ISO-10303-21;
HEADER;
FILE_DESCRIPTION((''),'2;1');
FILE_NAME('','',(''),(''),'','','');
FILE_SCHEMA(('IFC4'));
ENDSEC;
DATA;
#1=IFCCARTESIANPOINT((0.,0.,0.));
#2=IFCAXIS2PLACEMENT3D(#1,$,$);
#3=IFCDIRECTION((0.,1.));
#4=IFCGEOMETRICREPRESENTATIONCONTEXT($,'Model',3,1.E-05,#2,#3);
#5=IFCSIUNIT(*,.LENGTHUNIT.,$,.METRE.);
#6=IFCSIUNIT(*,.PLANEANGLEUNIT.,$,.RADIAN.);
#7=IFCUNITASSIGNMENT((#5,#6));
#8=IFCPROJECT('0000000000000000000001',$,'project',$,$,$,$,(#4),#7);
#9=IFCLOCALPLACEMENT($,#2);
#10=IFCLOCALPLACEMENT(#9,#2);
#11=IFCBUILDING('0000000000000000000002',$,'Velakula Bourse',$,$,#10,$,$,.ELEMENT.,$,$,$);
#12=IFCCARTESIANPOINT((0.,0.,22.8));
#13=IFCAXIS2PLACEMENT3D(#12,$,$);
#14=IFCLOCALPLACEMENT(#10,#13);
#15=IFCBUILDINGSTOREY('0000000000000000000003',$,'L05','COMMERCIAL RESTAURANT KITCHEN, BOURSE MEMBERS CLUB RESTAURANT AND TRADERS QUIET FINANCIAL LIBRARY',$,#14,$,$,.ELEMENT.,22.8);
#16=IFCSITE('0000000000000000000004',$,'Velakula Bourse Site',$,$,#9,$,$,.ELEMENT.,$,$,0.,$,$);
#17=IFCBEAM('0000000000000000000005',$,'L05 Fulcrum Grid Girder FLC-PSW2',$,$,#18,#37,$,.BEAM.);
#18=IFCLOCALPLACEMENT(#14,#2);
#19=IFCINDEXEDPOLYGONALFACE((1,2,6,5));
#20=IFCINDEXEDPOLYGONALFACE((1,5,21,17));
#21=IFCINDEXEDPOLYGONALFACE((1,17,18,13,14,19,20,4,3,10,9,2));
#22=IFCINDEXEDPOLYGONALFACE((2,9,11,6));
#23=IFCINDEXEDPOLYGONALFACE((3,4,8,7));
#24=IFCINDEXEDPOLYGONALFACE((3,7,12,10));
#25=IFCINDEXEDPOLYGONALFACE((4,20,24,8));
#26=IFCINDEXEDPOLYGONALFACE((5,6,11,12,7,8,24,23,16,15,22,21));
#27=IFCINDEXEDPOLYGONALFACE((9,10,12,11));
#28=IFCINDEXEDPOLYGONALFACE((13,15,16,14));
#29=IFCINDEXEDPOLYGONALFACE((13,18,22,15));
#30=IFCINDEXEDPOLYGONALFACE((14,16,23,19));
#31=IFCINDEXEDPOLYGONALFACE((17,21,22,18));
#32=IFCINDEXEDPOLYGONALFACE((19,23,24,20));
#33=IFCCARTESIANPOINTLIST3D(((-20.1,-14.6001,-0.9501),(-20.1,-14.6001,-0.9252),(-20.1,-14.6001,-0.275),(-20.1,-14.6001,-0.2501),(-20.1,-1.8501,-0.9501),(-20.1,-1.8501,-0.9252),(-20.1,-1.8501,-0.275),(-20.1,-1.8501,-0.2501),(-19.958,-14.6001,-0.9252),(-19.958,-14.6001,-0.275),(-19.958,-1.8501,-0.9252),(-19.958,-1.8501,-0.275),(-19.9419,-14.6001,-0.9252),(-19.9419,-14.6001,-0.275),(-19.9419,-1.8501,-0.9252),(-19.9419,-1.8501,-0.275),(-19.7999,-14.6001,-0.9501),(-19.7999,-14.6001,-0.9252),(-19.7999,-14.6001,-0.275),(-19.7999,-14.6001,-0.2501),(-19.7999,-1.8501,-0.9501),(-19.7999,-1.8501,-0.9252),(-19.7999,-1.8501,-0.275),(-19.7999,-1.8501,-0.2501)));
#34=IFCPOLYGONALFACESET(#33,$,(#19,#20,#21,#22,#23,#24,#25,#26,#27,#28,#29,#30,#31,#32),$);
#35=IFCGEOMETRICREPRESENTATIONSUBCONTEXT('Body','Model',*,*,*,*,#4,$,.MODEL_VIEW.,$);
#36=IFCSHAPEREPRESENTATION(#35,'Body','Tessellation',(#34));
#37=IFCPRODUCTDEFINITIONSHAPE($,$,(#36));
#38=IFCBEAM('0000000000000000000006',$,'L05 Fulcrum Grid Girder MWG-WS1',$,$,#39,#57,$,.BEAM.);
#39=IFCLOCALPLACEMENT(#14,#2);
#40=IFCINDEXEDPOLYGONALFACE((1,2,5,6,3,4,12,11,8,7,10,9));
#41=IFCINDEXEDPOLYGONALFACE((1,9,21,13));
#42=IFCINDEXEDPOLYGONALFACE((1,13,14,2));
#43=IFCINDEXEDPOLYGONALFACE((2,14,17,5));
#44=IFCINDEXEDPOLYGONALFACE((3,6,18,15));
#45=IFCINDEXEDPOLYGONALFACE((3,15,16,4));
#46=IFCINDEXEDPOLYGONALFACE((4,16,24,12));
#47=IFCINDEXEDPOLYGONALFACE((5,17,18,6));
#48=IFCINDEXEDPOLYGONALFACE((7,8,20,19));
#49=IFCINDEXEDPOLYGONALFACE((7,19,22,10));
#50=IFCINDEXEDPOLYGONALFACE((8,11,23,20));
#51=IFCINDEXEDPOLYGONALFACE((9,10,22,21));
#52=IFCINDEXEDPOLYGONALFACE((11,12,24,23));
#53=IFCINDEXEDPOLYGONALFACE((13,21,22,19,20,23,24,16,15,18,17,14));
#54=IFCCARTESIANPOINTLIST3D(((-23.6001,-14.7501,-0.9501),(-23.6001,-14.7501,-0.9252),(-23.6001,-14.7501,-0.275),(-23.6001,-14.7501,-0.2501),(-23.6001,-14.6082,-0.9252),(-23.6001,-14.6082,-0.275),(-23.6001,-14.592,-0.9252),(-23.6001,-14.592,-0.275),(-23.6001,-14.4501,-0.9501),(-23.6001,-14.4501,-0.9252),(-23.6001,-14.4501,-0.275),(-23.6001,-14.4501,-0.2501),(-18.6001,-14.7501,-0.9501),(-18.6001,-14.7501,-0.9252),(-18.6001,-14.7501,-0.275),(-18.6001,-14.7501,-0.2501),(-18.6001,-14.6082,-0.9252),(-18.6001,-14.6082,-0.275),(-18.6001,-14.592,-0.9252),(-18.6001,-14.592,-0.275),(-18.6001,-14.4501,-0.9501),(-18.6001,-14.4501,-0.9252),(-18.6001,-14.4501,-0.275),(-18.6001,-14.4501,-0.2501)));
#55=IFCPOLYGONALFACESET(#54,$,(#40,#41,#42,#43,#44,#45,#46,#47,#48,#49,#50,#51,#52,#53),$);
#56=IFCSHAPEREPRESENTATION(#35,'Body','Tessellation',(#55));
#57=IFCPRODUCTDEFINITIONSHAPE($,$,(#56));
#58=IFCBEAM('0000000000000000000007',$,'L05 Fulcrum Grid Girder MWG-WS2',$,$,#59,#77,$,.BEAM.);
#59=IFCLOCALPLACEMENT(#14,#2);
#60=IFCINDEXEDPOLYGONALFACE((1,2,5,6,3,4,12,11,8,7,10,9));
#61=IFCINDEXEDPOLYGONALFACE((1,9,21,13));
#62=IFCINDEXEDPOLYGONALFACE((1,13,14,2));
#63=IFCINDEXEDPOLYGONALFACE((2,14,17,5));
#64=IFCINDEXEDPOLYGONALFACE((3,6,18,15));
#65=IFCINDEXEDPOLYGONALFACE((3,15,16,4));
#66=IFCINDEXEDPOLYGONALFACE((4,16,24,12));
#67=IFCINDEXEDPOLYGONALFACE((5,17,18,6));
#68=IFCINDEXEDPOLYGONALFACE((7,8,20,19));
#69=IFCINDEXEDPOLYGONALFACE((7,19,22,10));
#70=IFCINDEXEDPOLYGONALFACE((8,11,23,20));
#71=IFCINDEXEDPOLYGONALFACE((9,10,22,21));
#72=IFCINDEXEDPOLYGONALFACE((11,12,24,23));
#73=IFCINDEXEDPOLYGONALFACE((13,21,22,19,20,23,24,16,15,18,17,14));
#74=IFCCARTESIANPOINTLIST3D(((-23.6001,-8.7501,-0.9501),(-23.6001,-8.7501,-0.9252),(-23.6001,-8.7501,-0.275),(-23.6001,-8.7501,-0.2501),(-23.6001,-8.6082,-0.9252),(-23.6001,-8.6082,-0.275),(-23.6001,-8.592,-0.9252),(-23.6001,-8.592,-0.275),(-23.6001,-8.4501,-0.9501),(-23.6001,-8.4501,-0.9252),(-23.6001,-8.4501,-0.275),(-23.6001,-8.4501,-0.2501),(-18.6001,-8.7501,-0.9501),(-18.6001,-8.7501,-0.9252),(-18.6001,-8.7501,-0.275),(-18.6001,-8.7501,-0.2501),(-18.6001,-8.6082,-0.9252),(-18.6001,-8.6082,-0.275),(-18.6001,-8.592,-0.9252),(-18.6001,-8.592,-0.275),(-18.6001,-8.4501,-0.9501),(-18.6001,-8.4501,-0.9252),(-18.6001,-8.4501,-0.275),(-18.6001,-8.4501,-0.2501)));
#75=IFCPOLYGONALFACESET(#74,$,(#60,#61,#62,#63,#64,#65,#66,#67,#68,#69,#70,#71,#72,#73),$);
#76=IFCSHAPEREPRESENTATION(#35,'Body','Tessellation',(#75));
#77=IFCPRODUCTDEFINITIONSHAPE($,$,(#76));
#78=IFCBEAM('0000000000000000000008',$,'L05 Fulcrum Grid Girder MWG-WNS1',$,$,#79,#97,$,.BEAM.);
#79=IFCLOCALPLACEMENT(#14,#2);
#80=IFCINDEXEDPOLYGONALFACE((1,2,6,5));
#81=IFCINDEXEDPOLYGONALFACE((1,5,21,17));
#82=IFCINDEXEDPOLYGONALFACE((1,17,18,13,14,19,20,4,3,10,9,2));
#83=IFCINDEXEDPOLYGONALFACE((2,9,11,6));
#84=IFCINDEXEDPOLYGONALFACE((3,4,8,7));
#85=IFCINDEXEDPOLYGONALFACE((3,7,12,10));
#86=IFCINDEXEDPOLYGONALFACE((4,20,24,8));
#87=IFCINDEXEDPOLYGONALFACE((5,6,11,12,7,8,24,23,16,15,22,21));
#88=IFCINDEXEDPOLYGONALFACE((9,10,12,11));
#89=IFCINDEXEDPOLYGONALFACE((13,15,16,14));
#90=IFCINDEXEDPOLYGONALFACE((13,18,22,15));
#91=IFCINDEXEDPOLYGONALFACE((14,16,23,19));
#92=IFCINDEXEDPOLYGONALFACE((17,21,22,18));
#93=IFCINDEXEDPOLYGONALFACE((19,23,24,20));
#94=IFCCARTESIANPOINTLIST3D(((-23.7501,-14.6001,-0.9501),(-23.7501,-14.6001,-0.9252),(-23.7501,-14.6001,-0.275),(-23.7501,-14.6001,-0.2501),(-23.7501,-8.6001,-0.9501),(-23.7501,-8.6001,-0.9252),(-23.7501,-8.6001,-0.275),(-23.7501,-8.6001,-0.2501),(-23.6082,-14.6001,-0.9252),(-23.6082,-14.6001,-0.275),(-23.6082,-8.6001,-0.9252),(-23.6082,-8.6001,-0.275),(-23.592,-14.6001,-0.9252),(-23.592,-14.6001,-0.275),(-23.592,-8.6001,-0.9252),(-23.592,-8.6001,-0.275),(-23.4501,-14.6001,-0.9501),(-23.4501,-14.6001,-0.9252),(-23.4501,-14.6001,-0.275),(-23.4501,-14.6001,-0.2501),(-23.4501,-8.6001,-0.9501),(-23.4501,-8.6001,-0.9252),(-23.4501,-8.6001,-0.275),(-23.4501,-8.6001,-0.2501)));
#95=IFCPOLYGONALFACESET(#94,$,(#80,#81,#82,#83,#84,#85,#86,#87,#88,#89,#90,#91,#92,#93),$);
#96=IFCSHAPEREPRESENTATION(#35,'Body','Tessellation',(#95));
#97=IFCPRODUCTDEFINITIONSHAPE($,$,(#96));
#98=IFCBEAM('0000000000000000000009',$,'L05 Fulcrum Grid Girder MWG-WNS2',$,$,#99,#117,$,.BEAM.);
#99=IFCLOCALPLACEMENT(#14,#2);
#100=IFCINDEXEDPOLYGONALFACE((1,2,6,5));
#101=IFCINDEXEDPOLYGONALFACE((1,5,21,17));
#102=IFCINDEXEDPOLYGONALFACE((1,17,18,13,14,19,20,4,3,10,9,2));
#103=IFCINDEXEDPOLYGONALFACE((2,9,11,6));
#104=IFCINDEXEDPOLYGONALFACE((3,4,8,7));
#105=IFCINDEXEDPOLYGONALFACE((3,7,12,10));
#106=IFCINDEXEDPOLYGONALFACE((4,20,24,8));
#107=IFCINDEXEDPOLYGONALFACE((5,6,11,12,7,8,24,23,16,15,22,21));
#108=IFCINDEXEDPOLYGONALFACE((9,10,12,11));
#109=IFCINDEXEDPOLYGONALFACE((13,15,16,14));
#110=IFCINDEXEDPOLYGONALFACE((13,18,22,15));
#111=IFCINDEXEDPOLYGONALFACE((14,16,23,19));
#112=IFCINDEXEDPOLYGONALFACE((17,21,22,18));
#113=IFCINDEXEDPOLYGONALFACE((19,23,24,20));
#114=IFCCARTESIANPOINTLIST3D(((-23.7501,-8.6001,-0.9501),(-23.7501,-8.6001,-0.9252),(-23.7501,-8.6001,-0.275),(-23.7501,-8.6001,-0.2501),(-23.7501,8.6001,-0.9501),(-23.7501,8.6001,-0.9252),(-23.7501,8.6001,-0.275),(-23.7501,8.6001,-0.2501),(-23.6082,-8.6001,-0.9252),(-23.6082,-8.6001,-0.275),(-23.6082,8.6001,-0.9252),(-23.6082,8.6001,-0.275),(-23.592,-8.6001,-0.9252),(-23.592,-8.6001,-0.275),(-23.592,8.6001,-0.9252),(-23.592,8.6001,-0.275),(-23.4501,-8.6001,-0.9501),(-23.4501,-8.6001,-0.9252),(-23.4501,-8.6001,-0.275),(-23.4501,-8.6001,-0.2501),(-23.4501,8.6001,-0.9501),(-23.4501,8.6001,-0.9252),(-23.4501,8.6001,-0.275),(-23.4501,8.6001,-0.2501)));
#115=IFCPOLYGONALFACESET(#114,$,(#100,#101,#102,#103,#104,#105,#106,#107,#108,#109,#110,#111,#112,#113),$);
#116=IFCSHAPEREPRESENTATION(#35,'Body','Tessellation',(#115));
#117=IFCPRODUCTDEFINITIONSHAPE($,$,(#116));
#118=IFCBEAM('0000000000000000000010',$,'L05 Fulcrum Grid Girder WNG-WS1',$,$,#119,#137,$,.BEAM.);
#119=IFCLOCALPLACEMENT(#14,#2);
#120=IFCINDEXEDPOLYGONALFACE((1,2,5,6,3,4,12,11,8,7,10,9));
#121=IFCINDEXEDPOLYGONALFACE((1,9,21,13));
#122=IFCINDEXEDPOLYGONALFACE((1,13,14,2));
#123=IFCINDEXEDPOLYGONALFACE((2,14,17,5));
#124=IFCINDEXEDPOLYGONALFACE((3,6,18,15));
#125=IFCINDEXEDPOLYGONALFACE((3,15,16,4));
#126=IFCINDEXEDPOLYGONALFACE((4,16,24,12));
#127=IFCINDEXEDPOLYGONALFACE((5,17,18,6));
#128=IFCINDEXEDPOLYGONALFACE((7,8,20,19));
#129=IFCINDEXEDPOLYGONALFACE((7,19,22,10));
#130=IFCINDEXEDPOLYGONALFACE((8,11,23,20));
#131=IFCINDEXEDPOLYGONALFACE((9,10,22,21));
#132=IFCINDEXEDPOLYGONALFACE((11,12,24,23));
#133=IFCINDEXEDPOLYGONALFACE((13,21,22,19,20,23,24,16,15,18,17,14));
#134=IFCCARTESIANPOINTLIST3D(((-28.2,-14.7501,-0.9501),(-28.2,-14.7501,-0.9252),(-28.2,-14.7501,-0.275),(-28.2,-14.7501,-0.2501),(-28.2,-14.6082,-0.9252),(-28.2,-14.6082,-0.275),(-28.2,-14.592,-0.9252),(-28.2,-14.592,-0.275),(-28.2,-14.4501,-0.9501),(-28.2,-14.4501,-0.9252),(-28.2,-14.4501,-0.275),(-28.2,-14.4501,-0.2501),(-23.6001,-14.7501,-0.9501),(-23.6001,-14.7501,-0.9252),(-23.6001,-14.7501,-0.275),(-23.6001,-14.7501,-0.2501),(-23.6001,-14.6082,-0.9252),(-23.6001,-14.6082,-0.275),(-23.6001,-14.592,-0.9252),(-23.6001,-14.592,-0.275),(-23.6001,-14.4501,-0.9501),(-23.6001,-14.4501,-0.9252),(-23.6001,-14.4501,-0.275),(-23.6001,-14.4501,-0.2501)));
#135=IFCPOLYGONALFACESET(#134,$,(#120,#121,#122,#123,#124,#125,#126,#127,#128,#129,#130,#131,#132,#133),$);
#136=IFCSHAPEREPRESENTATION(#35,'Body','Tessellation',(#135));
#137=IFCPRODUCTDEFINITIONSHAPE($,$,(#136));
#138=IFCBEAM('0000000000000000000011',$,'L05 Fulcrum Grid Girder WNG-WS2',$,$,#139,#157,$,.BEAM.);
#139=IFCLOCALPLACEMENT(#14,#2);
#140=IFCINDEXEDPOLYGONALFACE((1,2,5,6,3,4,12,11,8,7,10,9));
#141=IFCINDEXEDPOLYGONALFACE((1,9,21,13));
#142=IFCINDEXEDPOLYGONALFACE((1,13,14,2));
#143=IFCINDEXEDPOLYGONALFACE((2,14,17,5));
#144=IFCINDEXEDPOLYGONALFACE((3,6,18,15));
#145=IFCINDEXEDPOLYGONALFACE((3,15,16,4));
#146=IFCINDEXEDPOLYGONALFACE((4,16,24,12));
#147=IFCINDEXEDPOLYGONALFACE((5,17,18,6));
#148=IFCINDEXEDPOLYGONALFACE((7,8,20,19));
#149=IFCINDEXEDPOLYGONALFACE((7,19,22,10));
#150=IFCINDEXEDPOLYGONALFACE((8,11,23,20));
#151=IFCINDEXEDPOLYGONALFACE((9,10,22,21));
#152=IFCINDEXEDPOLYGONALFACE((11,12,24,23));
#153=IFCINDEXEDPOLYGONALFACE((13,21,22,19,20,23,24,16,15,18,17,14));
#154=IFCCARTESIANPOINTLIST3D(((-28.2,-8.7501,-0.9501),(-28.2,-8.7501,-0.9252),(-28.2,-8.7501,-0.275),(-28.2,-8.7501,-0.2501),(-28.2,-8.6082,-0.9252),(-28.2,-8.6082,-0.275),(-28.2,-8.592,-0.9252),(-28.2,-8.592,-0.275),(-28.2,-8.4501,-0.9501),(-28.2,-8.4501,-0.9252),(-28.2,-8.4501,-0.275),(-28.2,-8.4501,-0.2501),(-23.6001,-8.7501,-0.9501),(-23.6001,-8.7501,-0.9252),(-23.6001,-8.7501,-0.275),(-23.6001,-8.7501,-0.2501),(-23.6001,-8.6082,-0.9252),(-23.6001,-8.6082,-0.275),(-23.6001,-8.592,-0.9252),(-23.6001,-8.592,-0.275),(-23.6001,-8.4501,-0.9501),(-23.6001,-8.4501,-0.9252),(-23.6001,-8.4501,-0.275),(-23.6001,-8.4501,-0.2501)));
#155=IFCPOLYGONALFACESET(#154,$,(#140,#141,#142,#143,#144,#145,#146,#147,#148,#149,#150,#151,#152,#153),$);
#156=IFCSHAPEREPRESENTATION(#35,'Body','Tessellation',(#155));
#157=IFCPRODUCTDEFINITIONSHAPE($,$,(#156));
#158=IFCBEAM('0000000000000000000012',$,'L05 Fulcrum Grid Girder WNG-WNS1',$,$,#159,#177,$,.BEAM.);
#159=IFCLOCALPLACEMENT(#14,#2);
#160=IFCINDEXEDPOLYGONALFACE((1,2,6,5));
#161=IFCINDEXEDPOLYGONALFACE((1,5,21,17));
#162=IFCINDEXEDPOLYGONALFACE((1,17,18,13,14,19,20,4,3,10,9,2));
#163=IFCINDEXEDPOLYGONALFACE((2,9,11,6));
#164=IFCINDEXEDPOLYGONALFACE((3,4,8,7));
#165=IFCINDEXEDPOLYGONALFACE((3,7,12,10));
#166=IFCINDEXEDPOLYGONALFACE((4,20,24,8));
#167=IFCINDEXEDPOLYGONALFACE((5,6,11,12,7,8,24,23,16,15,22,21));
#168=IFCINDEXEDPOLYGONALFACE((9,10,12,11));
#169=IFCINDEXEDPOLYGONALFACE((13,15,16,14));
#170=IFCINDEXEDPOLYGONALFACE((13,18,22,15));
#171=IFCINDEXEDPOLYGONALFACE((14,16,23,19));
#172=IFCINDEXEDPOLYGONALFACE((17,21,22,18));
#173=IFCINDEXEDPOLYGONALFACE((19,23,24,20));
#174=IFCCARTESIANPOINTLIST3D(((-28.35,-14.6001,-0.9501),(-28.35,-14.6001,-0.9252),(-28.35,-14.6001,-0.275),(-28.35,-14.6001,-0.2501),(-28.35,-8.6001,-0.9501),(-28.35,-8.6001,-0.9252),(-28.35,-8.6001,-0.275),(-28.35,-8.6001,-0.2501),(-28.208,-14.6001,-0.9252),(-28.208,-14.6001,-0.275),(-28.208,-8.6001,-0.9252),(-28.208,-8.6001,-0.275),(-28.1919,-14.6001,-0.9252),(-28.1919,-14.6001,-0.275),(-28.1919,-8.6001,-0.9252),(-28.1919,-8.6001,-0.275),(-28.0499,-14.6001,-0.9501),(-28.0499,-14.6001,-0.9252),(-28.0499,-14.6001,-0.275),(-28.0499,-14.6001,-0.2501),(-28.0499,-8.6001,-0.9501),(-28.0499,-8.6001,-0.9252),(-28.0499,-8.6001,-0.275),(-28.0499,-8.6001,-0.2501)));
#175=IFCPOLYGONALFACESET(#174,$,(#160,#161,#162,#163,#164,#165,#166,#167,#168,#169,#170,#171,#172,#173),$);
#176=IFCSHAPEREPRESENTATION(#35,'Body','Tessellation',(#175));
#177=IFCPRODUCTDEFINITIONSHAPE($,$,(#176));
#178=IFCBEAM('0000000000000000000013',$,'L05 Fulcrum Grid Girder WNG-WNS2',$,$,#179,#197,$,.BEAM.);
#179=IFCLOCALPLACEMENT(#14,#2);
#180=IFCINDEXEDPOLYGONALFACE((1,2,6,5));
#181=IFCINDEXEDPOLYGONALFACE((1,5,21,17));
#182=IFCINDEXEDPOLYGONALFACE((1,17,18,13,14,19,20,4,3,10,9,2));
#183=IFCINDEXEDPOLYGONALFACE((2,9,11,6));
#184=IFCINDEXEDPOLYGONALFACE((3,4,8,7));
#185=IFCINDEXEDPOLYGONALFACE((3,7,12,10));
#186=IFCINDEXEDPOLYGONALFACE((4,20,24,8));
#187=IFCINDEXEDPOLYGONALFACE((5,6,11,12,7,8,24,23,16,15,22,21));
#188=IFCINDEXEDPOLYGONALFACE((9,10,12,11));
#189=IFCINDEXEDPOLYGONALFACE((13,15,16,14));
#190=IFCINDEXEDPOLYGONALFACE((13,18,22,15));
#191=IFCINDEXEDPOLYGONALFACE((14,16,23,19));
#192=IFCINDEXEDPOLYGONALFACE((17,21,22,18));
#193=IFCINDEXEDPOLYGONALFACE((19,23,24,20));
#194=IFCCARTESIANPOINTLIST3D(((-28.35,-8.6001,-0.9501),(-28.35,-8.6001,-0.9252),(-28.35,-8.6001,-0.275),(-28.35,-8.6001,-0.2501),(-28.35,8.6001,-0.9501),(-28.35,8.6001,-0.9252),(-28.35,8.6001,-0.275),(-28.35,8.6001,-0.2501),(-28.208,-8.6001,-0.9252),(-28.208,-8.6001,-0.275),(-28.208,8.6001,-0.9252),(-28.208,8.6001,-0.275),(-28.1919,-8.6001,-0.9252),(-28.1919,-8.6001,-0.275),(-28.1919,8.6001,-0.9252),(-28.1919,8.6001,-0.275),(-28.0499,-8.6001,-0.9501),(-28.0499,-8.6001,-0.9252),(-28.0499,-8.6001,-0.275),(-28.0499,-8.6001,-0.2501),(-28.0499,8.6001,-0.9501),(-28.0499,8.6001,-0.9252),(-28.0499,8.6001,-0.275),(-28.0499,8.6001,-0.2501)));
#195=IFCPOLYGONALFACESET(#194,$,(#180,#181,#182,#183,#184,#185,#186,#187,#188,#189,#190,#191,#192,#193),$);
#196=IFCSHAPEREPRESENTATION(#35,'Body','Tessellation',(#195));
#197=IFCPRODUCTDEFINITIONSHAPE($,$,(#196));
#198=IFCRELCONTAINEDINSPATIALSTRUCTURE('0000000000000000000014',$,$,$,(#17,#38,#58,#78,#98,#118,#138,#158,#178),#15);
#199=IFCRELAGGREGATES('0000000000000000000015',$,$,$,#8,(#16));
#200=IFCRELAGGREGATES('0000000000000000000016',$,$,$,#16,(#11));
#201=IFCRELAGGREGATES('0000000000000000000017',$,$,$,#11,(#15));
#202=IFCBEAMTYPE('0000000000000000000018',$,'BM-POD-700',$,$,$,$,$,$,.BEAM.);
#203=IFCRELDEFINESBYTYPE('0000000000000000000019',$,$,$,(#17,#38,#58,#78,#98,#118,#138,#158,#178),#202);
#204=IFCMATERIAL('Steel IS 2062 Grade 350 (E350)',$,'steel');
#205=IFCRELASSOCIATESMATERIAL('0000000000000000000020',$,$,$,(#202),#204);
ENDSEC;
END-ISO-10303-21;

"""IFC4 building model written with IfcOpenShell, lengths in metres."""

from ifc_helpers import new_model, si_unit, direction, frame, origin, origin_2d, place, context, subcontext, project, spatial, i_section, extrude, material, material_profile, profile_set, type_object, element, save


model = new_model("IFC4")

# Units and contexts
model_context = context("Model", 3, precision=1e-05, world=origin(), true_north=direction((0.0, 1.0)))
body_context = subcontext(model_context, "Body", "Model", "MODEL_VIEW")
ifc_project = project(units=[si_unit("LENGTHUNIT", "METRE"), si_unit("PLANEANGLEUNIT", "RADIAN")], contexts=[model_context])

# Site, building, storey
site_placement = place(None, origin())
site = spatial("IfcSite", under=ifc_project, at=site_placement, Name="Velakula Bourse Site", CompositionType="ELEMENT", RefElevation=0.0)
building_placement = place(site_placement, origin())
building = spatial("IfcBuilding", under=site, at=building_placement, Name="Velakula Bourse", CompositionType="ELEMENT")
storey_placement = place(building_placement, frame((0.0, 0.0, 22.8)))
storey = spatial("IfcBuildingStorey", under=building, at=storey_placement, Name="L05", Description="COMMERCIAL RESTAURANT KITCHEN, BOURSE MEMBERS CLUB RESTAURANT AND TRADERS QUIET FINANCIAL LIBRARY", CompositionType="ELEMENT", Elevation=22.8)

# Beams
ifc_material_1 = material(Name="Steel IS 2062 Grade 350 (E350)", Category="steel")
ifc_material_profile_1 = material_profile(ifc_material_1, i_section(OverallWidth=0.3, OverallDepth=0.7, WebThickness=0.0161, FlangeThickness=0.0249, at=origin_2d()), Name="Steel IS 2062 Grade 350 (E350)")
ifc_profile_set_1 = profile_set([ifc_material_profile_1], Name="Steel IS 2062 Grade 350 (E350)")
beam_type_1 = type_object("IfcBeamType", Name="BM-POD-700", PredefinedType="BEAM", material=ifc_profile_set_1)
for number, where, z_axis, x_axis, name in (
    (1, (-19.95, -14.6001, -0.6001), (0.0, 1.0, 0.0), (-1.0, 0.0, 0.0), "L05 Fulcrum Grid Girder FLC-PSW2"),
):
    element("IfcBeam", number, at=place(storey_placement, frame(where, z_axis=z_axis, x_axis=x_axis)), inside=storey, type_object=beam_type_1, Name=name, PredefinedType="BEAM", context=body_context, shape_type="SweptSolid", body=[
        extrude(i_section(OverallWidth=0.3, OverallDepth=0.7, WebThickness=0.0161, FlangeThickness=0.0249, at=origin_2d()), origin(), (0.0, 0.0, 1.0), 12.75),
    ])
for number, where, z_axis, x_axis, name in (
    (2, (-23.6001, -14.6001, -0.6001), (1.0, 0.0, 0.0), (0.0, 1.0, 0.0), "L05 Fulcrum Grid Girder MWG-WS1"),
    (3, (-23.6001, -8.6001, -0.6001), (1.0, 0.0, 0.0), (0.0, 1.0, 0.0), "L05 Fulcrum Grid Girder MWG-WS2"),
):
    element("IfcBeam", number, at=place(storey_placement, frame(where, z_axis=z_axis, x_axis=x_axis)), inside=storey, type_object=beam_type_1, Name=name, PredefinedType="BEAM", context=body_context, shape_type="SweptSolid", body=[
        extrude(i_section(OverallWidth=0.3, OverallDepth=0.7, WebThickness=0.0161, FlangeThickness=0.0249, at=origin_2d()), origin(), (0.0, 0.0, 1.0), 5.0),
    ])
beam_1_placement = place(storey_placement, frame((-23.6001, -14.6001, -0.6001), z_axis=(0.0, 1.0, 0.0), x_axis=(-1.0, 0.0, 0.0)))
element("IfcBeam", 4, at=beam_1_placement, inside=storey, type_object=beam_type_1, Name="L05 Fulcrum Grid Girder MWG-WNS1", PredefinedType="BEAM", context=body_context, shape_type="SweptSolid", body=[
    extrude(i_section(OverallWidth=0.3, OverallDepth=0.7, WebThickness=0.0161, FlangeThickness=0.0249, at=origin_2d()), origin(), (0.0, 0.0, 1.0), 6.0),
])
beam_2_placement = place(storey_placement, frame((-23.6001, -8.6001, -0.6001), z_axis=(0.0, 1.0, 0.0), x_axis=(-1.0, 0.0, 0.0)))
element("IfcBeam", 5, at=beam_2_placement, inside=storey, type_object=beam_type_1, Name="L05 Fulcrum Grid Girder MWG-WNS2", PredefinedType="BEAM", context=body_context, shape_type="SweptSolid", body=[
    extrude(i_section(OverallWidth=0.3, OverallDepth=0.7, WebThickness=0.0161, FlangeThickness=0.0249, at=origin_2d()), origin(), (0.0, 0.0, 1.0), 17.2002),
])
for number, where, z_axis, x_axis, name in (
    (6, (-28.2, -14.6001, -0.6001), (1.0, 0.0, 0.0), (0.0, 1.0, 0.0), "L05 Fulcrum Grid Girder WNG-WS1"),
    (7, (-28.2, -8.6001, -0.6001), (1.0, 0.0, 0.0), (0.0, 1.0, 0.0), "L05 Fulcrum Grid Girder WNG-WS2"),
):
    element("IfcBeam", number, at=place(storey_placement, frame(where, z_axis=z_axis, x_axis=x_axis)), inside=storey, type_object=beam_type_1, Name=name, PredefinedType="BEAM", context=body_context, shape_type="SweptSolid", body=[
        extrude(i_section(OverallWidth=0.3, OverallDepth=0.7, WebThickness=0.0161, FlangeThickness=0.0249, at=origin_2d()), origin(), (0.0, 0.0, 1.0), 4.5999),
    ])
beam_3_placement = place(storey_placement, frame((-28.2, -14.6001, -0.6001), z_axis=(0.0, 1.0, 0.0), x_axis=(-1.0, 0.0, 0.0)))
element("IfcBeam", 8, at=beam_3_placement, inside=storey, type_object=beam_type_1, Name="L05 Fulcrum Grid Girder WNG-WNS1", PredefinedType="BEAM", context=body_context, shape_type="SweptSolid", body=[
    extrude(i_section(OverallWidth=0.3, OverallDepth=0.7, WebThickness=0.0161, FlangeThickness=0.0249, at=origin_2d()), origin(), (0.0, 0.0, 1.0), 6.0),
])
beam_4_placement = place(storey_placement, frame((-28.2, -8.6001, -0.6001), z_axis=(0.0, 1.0, 0.0), x_axis=(-1.0, 0.0, 0.0)))
element("IfcBeam", 9, at=beam_4_placement, inside=storey, type_object=beam_type_1, Name="L05 Fulcrum Grid Girder WNG-WNS2", PredefinedType="BEAM", context=body_context, shape_type="SweptSolid", body=[
    extrude(i_section(OverallWidth=0.3, OverallDepth=0.7, WebThickness=0.0161, FlangeThickness=0.0249, at=origin_2d()), origin(), (0.0, 0.0, 1.0), 17.2002),
])

save(model, "model.ifc")
